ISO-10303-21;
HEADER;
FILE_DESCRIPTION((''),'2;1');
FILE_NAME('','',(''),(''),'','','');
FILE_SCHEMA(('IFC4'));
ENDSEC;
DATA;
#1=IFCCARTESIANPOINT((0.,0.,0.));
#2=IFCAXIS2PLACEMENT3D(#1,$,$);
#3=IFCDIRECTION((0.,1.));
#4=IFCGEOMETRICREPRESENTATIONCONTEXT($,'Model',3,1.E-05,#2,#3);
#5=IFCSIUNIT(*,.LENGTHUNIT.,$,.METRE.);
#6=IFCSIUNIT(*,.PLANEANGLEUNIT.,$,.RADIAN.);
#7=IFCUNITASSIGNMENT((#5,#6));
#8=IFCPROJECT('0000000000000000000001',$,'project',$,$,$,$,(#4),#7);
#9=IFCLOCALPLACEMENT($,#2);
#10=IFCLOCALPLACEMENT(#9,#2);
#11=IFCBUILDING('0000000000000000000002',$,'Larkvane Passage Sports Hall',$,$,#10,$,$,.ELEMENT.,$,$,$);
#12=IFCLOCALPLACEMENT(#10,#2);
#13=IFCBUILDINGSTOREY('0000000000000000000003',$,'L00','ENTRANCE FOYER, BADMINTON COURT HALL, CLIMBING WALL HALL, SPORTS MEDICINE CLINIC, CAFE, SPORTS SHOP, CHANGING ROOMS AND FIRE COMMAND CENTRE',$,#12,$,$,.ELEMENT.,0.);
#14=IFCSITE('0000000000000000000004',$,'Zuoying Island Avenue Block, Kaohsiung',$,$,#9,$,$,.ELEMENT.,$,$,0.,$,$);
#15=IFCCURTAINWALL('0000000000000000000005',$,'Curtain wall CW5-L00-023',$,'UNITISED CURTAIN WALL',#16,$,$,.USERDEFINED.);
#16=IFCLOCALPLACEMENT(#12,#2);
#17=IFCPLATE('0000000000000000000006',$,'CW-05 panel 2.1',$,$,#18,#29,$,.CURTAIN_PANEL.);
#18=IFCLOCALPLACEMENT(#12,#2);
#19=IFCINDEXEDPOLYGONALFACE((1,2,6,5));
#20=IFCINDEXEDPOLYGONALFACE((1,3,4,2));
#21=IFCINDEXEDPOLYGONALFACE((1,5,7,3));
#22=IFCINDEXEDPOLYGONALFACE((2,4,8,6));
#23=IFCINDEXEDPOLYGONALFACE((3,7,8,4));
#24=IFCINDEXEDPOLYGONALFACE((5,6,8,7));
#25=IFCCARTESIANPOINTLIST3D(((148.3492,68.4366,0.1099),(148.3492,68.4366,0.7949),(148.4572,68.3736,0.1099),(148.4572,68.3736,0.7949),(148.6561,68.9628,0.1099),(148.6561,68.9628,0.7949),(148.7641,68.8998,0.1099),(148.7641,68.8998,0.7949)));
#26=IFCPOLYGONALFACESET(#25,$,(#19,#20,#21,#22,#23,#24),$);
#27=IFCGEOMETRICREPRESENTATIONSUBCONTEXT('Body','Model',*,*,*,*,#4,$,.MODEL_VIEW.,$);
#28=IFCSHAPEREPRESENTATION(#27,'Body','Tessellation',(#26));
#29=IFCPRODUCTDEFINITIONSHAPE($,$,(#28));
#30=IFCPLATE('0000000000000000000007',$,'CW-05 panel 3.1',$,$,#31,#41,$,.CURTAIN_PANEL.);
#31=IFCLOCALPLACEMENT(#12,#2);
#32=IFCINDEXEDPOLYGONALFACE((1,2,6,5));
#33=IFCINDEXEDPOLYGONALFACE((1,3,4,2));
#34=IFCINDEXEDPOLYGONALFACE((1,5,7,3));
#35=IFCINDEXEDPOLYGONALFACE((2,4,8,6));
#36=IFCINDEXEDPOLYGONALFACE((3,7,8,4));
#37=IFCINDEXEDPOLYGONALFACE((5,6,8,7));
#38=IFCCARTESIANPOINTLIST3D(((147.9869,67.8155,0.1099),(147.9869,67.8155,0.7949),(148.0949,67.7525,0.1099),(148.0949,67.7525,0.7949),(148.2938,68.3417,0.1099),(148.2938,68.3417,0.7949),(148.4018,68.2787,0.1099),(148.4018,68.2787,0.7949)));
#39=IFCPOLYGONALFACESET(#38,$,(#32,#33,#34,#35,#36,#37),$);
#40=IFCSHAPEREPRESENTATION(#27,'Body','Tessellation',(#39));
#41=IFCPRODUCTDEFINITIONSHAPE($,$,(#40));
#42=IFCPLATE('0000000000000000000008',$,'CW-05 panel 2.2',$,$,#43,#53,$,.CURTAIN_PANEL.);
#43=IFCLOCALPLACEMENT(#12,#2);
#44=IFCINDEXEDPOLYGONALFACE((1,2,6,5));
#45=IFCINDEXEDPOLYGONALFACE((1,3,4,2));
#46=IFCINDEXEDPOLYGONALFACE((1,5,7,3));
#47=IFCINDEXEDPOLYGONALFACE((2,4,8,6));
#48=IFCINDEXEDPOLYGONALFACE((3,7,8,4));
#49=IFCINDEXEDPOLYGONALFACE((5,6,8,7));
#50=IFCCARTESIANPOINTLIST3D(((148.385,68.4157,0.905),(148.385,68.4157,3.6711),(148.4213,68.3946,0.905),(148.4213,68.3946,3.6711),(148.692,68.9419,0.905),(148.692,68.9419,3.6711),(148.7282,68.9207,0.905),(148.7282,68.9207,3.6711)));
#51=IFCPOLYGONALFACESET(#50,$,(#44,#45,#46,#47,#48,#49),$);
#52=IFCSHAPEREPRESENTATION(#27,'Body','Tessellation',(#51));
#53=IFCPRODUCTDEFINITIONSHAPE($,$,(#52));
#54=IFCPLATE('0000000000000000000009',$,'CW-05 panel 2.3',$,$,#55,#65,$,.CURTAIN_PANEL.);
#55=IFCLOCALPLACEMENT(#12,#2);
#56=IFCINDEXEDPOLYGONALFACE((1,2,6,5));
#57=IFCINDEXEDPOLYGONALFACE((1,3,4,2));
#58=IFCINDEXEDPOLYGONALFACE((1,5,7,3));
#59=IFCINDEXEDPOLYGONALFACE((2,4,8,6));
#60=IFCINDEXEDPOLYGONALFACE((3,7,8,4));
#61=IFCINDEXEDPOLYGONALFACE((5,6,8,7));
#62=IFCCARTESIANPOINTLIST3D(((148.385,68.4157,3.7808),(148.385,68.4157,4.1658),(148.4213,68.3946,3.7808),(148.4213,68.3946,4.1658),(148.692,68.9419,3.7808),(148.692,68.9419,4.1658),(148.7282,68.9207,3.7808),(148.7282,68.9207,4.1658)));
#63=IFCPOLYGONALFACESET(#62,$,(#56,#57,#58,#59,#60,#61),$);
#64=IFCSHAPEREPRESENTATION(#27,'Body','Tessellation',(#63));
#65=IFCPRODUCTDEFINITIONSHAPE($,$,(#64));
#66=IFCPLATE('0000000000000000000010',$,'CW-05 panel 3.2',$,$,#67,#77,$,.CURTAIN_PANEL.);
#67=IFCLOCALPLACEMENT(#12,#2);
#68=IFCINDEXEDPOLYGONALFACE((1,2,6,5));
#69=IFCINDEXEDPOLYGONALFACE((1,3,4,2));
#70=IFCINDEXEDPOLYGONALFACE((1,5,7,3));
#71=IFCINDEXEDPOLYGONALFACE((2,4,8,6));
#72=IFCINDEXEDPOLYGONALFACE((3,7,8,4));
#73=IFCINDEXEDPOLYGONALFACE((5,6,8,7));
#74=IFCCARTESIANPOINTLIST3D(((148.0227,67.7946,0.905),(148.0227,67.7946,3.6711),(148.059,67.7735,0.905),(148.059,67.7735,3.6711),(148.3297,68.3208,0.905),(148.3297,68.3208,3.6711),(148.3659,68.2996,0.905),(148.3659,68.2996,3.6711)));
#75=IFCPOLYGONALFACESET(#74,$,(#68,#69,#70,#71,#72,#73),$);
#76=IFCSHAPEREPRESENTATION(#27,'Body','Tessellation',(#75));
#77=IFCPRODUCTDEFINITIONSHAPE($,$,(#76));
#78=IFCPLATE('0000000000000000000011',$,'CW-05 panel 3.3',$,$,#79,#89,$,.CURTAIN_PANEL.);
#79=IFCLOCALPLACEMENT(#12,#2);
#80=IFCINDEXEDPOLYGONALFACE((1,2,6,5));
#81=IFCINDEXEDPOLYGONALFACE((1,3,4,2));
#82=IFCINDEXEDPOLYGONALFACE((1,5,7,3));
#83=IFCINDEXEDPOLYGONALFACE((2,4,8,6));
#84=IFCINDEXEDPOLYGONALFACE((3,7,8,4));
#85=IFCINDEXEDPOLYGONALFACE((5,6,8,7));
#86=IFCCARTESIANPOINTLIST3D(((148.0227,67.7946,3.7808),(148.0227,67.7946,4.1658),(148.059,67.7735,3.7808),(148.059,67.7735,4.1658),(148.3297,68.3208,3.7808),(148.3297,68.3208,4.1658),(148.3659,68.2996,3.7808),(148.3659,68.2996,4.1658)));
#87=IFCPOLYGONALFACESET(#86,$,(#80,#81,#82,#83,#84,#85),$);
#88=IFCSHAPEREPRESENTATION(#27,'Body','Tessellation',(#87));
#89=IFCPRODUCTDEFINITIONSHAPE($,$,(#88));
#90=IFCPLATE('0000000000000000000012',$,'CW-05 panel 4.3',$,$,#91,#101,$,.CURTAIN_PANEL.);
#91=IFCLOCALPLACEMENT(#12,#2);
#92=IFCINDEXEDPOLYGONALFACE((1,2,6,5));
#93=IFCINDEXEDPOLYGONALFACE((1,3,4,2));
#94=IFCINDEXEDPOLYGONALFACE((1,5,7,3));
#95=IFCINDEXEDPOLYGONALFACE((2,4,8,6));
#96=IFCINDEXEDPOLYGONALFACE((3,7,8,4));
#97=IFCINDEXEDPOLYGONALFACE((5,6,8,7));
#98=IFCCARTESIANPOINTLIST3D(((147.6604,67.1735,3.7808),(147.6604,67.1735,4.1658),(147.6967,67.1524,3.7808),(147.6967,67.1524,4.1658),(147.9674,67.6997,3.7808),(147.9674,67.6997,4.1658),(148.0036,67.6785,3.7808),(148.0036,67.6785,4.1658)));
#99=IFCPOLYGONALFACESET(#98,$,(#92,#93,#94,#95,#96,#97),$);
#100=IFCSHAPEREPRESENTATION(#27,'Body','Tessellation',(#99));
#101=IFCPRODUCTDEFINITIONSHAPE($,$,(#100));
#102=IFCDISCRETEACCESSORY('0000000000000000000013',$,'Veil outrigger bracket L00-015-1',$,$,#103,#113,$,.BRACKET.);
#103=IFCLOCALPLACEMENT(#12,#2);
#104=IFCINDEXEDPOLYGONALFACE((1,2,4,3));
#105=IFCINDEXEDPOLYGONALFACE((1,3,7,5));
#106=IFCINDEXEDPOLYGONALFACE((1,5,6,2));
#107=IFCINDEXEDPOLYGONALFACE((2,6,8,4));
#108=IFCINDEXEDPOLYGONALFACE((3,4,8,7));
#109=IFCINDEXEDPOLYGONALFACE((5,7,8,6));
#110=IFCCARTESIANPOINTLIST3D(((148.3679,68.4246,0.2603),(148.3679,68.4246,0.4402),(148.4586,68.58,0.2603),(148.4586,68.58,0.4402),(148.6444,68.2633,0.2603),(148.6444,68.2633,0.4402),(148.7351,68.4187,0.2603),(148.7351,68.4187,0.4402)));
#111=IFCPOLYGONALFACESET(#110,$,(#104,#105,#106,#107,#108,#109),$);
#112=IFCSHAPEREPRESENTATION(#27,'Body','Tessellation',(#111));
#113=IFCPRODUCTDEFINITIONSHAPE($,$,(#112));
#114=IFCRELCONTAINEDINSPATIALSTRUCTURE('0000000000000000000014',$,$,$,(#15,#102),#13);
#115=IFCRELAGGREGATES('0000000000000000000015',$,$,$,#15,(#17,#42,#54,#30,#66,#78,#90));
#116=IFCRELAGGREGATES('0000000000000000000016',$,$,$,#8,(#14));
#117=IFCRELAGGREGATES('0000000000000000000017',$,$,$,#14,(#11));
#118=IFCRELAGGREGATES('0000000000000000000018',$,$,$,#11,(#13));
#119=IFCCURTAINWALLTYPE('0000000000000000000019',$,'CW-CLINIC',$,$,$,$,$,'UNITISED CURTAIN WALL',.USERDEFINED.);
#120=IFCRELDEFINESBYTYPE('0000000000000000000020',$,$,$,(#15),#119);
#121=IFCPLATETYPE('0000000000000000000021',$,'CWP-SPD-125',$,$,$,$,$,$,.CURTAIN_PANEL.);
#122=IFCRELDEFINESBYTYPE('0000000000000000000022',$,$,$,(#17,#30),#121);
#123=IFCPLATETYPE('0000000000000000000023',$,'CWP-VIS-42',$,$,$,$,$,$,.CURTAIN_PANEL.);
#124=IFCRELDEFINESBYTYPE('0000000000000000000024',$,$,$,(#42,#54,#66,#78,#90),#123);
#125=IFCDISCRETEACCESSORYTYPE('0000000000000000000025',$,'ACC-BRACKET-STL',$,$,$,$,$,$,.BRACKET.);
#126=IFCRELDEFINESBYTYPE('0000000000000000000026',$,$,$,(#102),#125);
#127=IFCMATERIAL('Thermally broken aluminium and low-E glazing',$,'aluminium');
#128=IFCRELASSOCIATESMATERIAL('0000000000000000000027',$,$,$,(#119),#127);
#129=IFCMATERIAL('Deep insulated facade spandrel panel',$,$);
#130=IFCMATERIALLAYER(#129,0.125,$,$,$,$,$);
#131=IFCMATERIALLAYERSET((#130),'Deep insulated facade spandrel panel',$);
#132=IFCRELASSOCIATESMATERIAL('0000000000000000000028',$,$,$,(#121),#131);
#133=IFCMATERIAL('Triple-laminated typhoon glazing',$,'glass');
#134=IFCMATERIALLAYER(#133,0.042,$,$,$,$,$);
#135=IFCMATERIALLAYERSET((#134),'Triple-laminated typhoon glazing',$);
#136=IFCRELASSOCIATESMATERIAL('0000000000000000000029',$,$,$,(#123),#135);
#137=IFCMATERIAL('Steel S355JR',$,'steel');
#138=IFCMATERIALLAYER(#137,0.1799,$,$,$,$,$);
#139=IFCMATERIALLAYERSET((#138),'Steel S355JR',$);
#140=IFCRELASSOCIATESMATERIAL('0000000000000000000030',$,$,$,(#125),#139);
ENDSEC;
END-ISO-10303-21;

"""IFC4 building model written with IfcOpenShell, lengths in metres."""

from ifc_helpers import new_model, si_unit, direction, frame, origin, origin_2d, place, context, subcontext, project, spatial, rectangle, extrude, material, layer, layer_set, type_object, element, aggregate, save


model = new_model("IFC4")

# Units and contexts
model_context = context("Model", 3, precision=1e-05, world=origin(), true_north=direction((0.0, 1.0)))
body_context = subcontext(model_context, "Body", "Model", "MODEL_VIEW")
ifc_project = project(units=[si_unit("LENGTHUNIT", "METRE"), si_unit("PLANEANGLEUNIT", "RADIAN")], contexts=[model_context])

# Site, building, storey
site_placement = place(None, origin())
site = spatial("IfcSite", under=ifc_project, at=site_placement, Name="Zuoying Island Avenue Block, Kaohsiung", CompositionType="ELEMENT", RefElevation=0.0)
building_placement = place(site_placement, origin())
building = spatial("IfcBuilding", under=site, at=building_placement, Name="Larkvane Passage Sports Hall", CompositionType="ELEMENT")
storey_placement = place(building_placement, origin())
storey = spatial("IfcBuildingStorey", under=building, at=storey_placement, Name="L00", Description="ENTRANCE FOYER, BADMINTON COURT HALL, CLIMBING WALL HALL, SPORTS MEDICINE CLINIC, CAFE, SPORTS SHOP, CHANGING ROOMS AND FIRE COMMAND CENTRE", CompositionType="ELEMENT", Elevation=0.0)

# Curtain wall, plates
ifc_material_1 = material(Name="Thermally broken aluminium and low-E glazing", Category="aluminium")
curtain_wall_type = type_object("IfcCurtainWallType", Name="CW-CLINIC", ElementType="UNITISED CURTAIN WALL", PredefinedType="USERDEFINED", material=ifc_material_1)
curtain_wall_placement = place(storey_placement, origin())
curtain_wall = element("IfcCurtainWall", 1, at=curtain_wall_placement, inside=storey, type_object=curtain_wall_type, Name="Curtain wall CW5-L00-023", ObjectType="UNITISED CURTAIN WALL", PredefinedType="USERDEFINED")
ifc_material_2 = material(Name="Deep insulated facade spandrel panel")
ifc_layer_1 = layer(ifc_material_2, 0.125)
ifc_layer_set_1 = layer_set([ifc_layer_1], Name="Deep insulated facade spandrel panel")
plate_type_1 = type_object("IfcPlateType", Name="CWP-SPD-125", PredefinedType="CURTAIN_PANEL", material=ifc_layer_set_1)
plate_1_placement = place(storey_placement, frame((148.5566, 68.6682, 0.1099), z_axis=(0.0, 0.0, 1.0), x_axis=(-0.503867, -0.863781, 0.0)))
plate_1 = element("IfcPlate", 2, at=plate_1_placement, type_object=plate_type_1, Name="CW-05 panel 2.1", PredefinedType="CURTAIN_PANEL", context=body_context, shape_type="SweptSolid", body=[
    extrude(rectangle(XDim=0.6091, YDim=0.125, at=origin_2d()), origin(), (0.0, 0.0, 1.0), 0.6851),
])
plate_2_placement = place(storey_placement, frame((148.1943, 68.0471, 0.1099), z_axis=(0.0, 0.0, 1.0), x_axis=(-0.503867, -0.863781, 0.0)))
plate_2 = element("IfcPlate", 3, at=plate_2_placement, type_object=plate_type_1, Name="CW-05 panel 3.1", PredefinedType="CURTAIN_PANEL", context=body_context, shape_type="SweptSolid", body=[
    extrude(rectangle(XDim=0.6091, YDim=0.125, at=origin_2d()), origin(), (0.0, 0.0, 1.0), 0.6851),
])
ifc_material_3 = material(Name="Triple-laminated typhoon glazing", Category="glass")
ifc_layer_2 = layer(ifc_material_3, 0.042)
ifc_layer_set_2 = layer_set([ifc_layer_2], Name="Triple-laminated typhoon glazing")
plate_type_2 = type_object("IfcPlateType", Name="CWP-VIS-42", PredefinedType="CURTAIN_PANEL", material=ifc_layer_set_2)
plate_3_placement = place(storey_placement, frame((148.5566, 68.6682, 0.905), z_axis=(0.0, 0.0, 1.0), x_axis=(-0.503867, -0.863781, 0.0)))
plate_3 = element("IfcPlate", 4, at=plate_3_placement, type_object=plate_type_2, Name="CW-05 panel 2.2", PredefinedType="CURTAIN_PANEL", context=body_context, shape_type="SweptSolid", body=[
    extrude(rectangle(XDim=0.6091, YDim=0.042, at=origin_2d()), origin(), (0.0, 0.0, 1.0), 2.7661),
])
plate_4_placement = place(storey_placement, frame((148.5566, 68.6682, 3.7808), z_axis=(0.0, 0.0, 1.0), x_axis=(-0.503867, -0.863781, 0.0)))
plate_4 = element("IfcPlate", 5, at=plate_4_placement, type_object=plate_type_2, Name="CW-05 panel 2.3", PredefinedType="CURTAIN_PANEL", context=body_context, shape_type="SweptSolid", body=[
    extrude(rectangle(XDim=0.6091, YDim=0.042, at=origin_2d()), origin(), (0.0, 0.0, 1.0), 0.385),
])
plate_5_placement = place(storey_placement, frame((148.1943, 68.0471, 0.905), z_axis=(0.0, 0.0, 1.0), x_axis=(-0.503867, -0.863781, 0.0)))
plate_5 = element("IfcPlate", 6, at=plate_5_placement, type_object=plate_type_2, Name="CW-05 panel 3.2", PredefinedType="CURTAIN_PANEL", context=body_context, shape_type="SweptSolid", body=[
    extrude(rectangle(XDim=0.6091, YDim=0.042, at=origin_2d()), origin(), (0.0, 0.0, 1.0), 2.7661),
])
plate_6_placement = place(storey_placement, frame((148.1943, 68.0471, 3.7808), z_axis=(0.0, 0.0, 1.0), x_axis=(-0.503867, -0.863781, 0.0)))
plate_6 = element("IfcPlate", 7, at=plate_6_placement, type_object=plate_type_2, Name="CW-05 panel 3.3", PredefinedType="CURTAIN_PANEL", context=body_context, shape_type="SweptSolid", body=[
    extrude(rectangle(XDim=0.6091, YDim=0.042, at=origin_2d()), origin(), (0.0, 0.0, 1.0), 0.385),
])
plate_7_placement = place(storey_placement, frame((147.832, 67.426, 3.7808), z_axis=(0.0, 0.0, 1.0), x_axis=(-0.503867, -0.863781, 0.0)))
plate_7 = element("IfcPlate", 8, at=plate_7_placement, type_object=plate_type_2, Name="CW-05 panel 4.3", PredefinedType="CURTAIN_PANEL", context=body_context, shape_type="SweptSolid", body=[
    extrude(rectangle(XDim=0.6091, YDim=0.042, at=origin_2d()), origin(), (0.0, 0.0, 1.0), 0.385),
])
aggregate(curtain_wall, [plate_1, plate_3, plate_4, plate_2, plate_5, plate_6, plate_7])

# Discrete accessory
ifc_material_4 = material(Name="Steel S355JR", Category="steel")
ifc_layer_3 = layer(ifc_material_4, 0.1799)
ifc_layer_set_3 = layer_set([ifc_layer_3], Name="Steel S355JR")
discrete_accessory_type = type_object("IfcDiscreteAccessoryType", Name="ACC-BRACKET-STL", PredefinedType="BRACKET", material=ifc_layer_set_3)
discrete_accessory_placement = place(storey_placement, frame((148.5515, 68.4216, 0.2603), z_axis=(0.0, 0.0, 1.0), x_axis=(-0.503871, -0.863779, 0.0)))
element("IfcDiscreteAccessory", 9, at=discrete_accessory_placement, inside=storey, type_object=discrete_accessory_type, Name="Veil outrigger bracket L00-015-1", PredefinedType="BRACKET", context=body_context, shape_type="SweptSolid", body=[
    extrude(rectangle(XDim=0.1799, YDim=0.3201, at=origin_2d()), origin(), (0.0, 0.0, 1.0), 0.1799),
])

save(model, "model.ifc")
